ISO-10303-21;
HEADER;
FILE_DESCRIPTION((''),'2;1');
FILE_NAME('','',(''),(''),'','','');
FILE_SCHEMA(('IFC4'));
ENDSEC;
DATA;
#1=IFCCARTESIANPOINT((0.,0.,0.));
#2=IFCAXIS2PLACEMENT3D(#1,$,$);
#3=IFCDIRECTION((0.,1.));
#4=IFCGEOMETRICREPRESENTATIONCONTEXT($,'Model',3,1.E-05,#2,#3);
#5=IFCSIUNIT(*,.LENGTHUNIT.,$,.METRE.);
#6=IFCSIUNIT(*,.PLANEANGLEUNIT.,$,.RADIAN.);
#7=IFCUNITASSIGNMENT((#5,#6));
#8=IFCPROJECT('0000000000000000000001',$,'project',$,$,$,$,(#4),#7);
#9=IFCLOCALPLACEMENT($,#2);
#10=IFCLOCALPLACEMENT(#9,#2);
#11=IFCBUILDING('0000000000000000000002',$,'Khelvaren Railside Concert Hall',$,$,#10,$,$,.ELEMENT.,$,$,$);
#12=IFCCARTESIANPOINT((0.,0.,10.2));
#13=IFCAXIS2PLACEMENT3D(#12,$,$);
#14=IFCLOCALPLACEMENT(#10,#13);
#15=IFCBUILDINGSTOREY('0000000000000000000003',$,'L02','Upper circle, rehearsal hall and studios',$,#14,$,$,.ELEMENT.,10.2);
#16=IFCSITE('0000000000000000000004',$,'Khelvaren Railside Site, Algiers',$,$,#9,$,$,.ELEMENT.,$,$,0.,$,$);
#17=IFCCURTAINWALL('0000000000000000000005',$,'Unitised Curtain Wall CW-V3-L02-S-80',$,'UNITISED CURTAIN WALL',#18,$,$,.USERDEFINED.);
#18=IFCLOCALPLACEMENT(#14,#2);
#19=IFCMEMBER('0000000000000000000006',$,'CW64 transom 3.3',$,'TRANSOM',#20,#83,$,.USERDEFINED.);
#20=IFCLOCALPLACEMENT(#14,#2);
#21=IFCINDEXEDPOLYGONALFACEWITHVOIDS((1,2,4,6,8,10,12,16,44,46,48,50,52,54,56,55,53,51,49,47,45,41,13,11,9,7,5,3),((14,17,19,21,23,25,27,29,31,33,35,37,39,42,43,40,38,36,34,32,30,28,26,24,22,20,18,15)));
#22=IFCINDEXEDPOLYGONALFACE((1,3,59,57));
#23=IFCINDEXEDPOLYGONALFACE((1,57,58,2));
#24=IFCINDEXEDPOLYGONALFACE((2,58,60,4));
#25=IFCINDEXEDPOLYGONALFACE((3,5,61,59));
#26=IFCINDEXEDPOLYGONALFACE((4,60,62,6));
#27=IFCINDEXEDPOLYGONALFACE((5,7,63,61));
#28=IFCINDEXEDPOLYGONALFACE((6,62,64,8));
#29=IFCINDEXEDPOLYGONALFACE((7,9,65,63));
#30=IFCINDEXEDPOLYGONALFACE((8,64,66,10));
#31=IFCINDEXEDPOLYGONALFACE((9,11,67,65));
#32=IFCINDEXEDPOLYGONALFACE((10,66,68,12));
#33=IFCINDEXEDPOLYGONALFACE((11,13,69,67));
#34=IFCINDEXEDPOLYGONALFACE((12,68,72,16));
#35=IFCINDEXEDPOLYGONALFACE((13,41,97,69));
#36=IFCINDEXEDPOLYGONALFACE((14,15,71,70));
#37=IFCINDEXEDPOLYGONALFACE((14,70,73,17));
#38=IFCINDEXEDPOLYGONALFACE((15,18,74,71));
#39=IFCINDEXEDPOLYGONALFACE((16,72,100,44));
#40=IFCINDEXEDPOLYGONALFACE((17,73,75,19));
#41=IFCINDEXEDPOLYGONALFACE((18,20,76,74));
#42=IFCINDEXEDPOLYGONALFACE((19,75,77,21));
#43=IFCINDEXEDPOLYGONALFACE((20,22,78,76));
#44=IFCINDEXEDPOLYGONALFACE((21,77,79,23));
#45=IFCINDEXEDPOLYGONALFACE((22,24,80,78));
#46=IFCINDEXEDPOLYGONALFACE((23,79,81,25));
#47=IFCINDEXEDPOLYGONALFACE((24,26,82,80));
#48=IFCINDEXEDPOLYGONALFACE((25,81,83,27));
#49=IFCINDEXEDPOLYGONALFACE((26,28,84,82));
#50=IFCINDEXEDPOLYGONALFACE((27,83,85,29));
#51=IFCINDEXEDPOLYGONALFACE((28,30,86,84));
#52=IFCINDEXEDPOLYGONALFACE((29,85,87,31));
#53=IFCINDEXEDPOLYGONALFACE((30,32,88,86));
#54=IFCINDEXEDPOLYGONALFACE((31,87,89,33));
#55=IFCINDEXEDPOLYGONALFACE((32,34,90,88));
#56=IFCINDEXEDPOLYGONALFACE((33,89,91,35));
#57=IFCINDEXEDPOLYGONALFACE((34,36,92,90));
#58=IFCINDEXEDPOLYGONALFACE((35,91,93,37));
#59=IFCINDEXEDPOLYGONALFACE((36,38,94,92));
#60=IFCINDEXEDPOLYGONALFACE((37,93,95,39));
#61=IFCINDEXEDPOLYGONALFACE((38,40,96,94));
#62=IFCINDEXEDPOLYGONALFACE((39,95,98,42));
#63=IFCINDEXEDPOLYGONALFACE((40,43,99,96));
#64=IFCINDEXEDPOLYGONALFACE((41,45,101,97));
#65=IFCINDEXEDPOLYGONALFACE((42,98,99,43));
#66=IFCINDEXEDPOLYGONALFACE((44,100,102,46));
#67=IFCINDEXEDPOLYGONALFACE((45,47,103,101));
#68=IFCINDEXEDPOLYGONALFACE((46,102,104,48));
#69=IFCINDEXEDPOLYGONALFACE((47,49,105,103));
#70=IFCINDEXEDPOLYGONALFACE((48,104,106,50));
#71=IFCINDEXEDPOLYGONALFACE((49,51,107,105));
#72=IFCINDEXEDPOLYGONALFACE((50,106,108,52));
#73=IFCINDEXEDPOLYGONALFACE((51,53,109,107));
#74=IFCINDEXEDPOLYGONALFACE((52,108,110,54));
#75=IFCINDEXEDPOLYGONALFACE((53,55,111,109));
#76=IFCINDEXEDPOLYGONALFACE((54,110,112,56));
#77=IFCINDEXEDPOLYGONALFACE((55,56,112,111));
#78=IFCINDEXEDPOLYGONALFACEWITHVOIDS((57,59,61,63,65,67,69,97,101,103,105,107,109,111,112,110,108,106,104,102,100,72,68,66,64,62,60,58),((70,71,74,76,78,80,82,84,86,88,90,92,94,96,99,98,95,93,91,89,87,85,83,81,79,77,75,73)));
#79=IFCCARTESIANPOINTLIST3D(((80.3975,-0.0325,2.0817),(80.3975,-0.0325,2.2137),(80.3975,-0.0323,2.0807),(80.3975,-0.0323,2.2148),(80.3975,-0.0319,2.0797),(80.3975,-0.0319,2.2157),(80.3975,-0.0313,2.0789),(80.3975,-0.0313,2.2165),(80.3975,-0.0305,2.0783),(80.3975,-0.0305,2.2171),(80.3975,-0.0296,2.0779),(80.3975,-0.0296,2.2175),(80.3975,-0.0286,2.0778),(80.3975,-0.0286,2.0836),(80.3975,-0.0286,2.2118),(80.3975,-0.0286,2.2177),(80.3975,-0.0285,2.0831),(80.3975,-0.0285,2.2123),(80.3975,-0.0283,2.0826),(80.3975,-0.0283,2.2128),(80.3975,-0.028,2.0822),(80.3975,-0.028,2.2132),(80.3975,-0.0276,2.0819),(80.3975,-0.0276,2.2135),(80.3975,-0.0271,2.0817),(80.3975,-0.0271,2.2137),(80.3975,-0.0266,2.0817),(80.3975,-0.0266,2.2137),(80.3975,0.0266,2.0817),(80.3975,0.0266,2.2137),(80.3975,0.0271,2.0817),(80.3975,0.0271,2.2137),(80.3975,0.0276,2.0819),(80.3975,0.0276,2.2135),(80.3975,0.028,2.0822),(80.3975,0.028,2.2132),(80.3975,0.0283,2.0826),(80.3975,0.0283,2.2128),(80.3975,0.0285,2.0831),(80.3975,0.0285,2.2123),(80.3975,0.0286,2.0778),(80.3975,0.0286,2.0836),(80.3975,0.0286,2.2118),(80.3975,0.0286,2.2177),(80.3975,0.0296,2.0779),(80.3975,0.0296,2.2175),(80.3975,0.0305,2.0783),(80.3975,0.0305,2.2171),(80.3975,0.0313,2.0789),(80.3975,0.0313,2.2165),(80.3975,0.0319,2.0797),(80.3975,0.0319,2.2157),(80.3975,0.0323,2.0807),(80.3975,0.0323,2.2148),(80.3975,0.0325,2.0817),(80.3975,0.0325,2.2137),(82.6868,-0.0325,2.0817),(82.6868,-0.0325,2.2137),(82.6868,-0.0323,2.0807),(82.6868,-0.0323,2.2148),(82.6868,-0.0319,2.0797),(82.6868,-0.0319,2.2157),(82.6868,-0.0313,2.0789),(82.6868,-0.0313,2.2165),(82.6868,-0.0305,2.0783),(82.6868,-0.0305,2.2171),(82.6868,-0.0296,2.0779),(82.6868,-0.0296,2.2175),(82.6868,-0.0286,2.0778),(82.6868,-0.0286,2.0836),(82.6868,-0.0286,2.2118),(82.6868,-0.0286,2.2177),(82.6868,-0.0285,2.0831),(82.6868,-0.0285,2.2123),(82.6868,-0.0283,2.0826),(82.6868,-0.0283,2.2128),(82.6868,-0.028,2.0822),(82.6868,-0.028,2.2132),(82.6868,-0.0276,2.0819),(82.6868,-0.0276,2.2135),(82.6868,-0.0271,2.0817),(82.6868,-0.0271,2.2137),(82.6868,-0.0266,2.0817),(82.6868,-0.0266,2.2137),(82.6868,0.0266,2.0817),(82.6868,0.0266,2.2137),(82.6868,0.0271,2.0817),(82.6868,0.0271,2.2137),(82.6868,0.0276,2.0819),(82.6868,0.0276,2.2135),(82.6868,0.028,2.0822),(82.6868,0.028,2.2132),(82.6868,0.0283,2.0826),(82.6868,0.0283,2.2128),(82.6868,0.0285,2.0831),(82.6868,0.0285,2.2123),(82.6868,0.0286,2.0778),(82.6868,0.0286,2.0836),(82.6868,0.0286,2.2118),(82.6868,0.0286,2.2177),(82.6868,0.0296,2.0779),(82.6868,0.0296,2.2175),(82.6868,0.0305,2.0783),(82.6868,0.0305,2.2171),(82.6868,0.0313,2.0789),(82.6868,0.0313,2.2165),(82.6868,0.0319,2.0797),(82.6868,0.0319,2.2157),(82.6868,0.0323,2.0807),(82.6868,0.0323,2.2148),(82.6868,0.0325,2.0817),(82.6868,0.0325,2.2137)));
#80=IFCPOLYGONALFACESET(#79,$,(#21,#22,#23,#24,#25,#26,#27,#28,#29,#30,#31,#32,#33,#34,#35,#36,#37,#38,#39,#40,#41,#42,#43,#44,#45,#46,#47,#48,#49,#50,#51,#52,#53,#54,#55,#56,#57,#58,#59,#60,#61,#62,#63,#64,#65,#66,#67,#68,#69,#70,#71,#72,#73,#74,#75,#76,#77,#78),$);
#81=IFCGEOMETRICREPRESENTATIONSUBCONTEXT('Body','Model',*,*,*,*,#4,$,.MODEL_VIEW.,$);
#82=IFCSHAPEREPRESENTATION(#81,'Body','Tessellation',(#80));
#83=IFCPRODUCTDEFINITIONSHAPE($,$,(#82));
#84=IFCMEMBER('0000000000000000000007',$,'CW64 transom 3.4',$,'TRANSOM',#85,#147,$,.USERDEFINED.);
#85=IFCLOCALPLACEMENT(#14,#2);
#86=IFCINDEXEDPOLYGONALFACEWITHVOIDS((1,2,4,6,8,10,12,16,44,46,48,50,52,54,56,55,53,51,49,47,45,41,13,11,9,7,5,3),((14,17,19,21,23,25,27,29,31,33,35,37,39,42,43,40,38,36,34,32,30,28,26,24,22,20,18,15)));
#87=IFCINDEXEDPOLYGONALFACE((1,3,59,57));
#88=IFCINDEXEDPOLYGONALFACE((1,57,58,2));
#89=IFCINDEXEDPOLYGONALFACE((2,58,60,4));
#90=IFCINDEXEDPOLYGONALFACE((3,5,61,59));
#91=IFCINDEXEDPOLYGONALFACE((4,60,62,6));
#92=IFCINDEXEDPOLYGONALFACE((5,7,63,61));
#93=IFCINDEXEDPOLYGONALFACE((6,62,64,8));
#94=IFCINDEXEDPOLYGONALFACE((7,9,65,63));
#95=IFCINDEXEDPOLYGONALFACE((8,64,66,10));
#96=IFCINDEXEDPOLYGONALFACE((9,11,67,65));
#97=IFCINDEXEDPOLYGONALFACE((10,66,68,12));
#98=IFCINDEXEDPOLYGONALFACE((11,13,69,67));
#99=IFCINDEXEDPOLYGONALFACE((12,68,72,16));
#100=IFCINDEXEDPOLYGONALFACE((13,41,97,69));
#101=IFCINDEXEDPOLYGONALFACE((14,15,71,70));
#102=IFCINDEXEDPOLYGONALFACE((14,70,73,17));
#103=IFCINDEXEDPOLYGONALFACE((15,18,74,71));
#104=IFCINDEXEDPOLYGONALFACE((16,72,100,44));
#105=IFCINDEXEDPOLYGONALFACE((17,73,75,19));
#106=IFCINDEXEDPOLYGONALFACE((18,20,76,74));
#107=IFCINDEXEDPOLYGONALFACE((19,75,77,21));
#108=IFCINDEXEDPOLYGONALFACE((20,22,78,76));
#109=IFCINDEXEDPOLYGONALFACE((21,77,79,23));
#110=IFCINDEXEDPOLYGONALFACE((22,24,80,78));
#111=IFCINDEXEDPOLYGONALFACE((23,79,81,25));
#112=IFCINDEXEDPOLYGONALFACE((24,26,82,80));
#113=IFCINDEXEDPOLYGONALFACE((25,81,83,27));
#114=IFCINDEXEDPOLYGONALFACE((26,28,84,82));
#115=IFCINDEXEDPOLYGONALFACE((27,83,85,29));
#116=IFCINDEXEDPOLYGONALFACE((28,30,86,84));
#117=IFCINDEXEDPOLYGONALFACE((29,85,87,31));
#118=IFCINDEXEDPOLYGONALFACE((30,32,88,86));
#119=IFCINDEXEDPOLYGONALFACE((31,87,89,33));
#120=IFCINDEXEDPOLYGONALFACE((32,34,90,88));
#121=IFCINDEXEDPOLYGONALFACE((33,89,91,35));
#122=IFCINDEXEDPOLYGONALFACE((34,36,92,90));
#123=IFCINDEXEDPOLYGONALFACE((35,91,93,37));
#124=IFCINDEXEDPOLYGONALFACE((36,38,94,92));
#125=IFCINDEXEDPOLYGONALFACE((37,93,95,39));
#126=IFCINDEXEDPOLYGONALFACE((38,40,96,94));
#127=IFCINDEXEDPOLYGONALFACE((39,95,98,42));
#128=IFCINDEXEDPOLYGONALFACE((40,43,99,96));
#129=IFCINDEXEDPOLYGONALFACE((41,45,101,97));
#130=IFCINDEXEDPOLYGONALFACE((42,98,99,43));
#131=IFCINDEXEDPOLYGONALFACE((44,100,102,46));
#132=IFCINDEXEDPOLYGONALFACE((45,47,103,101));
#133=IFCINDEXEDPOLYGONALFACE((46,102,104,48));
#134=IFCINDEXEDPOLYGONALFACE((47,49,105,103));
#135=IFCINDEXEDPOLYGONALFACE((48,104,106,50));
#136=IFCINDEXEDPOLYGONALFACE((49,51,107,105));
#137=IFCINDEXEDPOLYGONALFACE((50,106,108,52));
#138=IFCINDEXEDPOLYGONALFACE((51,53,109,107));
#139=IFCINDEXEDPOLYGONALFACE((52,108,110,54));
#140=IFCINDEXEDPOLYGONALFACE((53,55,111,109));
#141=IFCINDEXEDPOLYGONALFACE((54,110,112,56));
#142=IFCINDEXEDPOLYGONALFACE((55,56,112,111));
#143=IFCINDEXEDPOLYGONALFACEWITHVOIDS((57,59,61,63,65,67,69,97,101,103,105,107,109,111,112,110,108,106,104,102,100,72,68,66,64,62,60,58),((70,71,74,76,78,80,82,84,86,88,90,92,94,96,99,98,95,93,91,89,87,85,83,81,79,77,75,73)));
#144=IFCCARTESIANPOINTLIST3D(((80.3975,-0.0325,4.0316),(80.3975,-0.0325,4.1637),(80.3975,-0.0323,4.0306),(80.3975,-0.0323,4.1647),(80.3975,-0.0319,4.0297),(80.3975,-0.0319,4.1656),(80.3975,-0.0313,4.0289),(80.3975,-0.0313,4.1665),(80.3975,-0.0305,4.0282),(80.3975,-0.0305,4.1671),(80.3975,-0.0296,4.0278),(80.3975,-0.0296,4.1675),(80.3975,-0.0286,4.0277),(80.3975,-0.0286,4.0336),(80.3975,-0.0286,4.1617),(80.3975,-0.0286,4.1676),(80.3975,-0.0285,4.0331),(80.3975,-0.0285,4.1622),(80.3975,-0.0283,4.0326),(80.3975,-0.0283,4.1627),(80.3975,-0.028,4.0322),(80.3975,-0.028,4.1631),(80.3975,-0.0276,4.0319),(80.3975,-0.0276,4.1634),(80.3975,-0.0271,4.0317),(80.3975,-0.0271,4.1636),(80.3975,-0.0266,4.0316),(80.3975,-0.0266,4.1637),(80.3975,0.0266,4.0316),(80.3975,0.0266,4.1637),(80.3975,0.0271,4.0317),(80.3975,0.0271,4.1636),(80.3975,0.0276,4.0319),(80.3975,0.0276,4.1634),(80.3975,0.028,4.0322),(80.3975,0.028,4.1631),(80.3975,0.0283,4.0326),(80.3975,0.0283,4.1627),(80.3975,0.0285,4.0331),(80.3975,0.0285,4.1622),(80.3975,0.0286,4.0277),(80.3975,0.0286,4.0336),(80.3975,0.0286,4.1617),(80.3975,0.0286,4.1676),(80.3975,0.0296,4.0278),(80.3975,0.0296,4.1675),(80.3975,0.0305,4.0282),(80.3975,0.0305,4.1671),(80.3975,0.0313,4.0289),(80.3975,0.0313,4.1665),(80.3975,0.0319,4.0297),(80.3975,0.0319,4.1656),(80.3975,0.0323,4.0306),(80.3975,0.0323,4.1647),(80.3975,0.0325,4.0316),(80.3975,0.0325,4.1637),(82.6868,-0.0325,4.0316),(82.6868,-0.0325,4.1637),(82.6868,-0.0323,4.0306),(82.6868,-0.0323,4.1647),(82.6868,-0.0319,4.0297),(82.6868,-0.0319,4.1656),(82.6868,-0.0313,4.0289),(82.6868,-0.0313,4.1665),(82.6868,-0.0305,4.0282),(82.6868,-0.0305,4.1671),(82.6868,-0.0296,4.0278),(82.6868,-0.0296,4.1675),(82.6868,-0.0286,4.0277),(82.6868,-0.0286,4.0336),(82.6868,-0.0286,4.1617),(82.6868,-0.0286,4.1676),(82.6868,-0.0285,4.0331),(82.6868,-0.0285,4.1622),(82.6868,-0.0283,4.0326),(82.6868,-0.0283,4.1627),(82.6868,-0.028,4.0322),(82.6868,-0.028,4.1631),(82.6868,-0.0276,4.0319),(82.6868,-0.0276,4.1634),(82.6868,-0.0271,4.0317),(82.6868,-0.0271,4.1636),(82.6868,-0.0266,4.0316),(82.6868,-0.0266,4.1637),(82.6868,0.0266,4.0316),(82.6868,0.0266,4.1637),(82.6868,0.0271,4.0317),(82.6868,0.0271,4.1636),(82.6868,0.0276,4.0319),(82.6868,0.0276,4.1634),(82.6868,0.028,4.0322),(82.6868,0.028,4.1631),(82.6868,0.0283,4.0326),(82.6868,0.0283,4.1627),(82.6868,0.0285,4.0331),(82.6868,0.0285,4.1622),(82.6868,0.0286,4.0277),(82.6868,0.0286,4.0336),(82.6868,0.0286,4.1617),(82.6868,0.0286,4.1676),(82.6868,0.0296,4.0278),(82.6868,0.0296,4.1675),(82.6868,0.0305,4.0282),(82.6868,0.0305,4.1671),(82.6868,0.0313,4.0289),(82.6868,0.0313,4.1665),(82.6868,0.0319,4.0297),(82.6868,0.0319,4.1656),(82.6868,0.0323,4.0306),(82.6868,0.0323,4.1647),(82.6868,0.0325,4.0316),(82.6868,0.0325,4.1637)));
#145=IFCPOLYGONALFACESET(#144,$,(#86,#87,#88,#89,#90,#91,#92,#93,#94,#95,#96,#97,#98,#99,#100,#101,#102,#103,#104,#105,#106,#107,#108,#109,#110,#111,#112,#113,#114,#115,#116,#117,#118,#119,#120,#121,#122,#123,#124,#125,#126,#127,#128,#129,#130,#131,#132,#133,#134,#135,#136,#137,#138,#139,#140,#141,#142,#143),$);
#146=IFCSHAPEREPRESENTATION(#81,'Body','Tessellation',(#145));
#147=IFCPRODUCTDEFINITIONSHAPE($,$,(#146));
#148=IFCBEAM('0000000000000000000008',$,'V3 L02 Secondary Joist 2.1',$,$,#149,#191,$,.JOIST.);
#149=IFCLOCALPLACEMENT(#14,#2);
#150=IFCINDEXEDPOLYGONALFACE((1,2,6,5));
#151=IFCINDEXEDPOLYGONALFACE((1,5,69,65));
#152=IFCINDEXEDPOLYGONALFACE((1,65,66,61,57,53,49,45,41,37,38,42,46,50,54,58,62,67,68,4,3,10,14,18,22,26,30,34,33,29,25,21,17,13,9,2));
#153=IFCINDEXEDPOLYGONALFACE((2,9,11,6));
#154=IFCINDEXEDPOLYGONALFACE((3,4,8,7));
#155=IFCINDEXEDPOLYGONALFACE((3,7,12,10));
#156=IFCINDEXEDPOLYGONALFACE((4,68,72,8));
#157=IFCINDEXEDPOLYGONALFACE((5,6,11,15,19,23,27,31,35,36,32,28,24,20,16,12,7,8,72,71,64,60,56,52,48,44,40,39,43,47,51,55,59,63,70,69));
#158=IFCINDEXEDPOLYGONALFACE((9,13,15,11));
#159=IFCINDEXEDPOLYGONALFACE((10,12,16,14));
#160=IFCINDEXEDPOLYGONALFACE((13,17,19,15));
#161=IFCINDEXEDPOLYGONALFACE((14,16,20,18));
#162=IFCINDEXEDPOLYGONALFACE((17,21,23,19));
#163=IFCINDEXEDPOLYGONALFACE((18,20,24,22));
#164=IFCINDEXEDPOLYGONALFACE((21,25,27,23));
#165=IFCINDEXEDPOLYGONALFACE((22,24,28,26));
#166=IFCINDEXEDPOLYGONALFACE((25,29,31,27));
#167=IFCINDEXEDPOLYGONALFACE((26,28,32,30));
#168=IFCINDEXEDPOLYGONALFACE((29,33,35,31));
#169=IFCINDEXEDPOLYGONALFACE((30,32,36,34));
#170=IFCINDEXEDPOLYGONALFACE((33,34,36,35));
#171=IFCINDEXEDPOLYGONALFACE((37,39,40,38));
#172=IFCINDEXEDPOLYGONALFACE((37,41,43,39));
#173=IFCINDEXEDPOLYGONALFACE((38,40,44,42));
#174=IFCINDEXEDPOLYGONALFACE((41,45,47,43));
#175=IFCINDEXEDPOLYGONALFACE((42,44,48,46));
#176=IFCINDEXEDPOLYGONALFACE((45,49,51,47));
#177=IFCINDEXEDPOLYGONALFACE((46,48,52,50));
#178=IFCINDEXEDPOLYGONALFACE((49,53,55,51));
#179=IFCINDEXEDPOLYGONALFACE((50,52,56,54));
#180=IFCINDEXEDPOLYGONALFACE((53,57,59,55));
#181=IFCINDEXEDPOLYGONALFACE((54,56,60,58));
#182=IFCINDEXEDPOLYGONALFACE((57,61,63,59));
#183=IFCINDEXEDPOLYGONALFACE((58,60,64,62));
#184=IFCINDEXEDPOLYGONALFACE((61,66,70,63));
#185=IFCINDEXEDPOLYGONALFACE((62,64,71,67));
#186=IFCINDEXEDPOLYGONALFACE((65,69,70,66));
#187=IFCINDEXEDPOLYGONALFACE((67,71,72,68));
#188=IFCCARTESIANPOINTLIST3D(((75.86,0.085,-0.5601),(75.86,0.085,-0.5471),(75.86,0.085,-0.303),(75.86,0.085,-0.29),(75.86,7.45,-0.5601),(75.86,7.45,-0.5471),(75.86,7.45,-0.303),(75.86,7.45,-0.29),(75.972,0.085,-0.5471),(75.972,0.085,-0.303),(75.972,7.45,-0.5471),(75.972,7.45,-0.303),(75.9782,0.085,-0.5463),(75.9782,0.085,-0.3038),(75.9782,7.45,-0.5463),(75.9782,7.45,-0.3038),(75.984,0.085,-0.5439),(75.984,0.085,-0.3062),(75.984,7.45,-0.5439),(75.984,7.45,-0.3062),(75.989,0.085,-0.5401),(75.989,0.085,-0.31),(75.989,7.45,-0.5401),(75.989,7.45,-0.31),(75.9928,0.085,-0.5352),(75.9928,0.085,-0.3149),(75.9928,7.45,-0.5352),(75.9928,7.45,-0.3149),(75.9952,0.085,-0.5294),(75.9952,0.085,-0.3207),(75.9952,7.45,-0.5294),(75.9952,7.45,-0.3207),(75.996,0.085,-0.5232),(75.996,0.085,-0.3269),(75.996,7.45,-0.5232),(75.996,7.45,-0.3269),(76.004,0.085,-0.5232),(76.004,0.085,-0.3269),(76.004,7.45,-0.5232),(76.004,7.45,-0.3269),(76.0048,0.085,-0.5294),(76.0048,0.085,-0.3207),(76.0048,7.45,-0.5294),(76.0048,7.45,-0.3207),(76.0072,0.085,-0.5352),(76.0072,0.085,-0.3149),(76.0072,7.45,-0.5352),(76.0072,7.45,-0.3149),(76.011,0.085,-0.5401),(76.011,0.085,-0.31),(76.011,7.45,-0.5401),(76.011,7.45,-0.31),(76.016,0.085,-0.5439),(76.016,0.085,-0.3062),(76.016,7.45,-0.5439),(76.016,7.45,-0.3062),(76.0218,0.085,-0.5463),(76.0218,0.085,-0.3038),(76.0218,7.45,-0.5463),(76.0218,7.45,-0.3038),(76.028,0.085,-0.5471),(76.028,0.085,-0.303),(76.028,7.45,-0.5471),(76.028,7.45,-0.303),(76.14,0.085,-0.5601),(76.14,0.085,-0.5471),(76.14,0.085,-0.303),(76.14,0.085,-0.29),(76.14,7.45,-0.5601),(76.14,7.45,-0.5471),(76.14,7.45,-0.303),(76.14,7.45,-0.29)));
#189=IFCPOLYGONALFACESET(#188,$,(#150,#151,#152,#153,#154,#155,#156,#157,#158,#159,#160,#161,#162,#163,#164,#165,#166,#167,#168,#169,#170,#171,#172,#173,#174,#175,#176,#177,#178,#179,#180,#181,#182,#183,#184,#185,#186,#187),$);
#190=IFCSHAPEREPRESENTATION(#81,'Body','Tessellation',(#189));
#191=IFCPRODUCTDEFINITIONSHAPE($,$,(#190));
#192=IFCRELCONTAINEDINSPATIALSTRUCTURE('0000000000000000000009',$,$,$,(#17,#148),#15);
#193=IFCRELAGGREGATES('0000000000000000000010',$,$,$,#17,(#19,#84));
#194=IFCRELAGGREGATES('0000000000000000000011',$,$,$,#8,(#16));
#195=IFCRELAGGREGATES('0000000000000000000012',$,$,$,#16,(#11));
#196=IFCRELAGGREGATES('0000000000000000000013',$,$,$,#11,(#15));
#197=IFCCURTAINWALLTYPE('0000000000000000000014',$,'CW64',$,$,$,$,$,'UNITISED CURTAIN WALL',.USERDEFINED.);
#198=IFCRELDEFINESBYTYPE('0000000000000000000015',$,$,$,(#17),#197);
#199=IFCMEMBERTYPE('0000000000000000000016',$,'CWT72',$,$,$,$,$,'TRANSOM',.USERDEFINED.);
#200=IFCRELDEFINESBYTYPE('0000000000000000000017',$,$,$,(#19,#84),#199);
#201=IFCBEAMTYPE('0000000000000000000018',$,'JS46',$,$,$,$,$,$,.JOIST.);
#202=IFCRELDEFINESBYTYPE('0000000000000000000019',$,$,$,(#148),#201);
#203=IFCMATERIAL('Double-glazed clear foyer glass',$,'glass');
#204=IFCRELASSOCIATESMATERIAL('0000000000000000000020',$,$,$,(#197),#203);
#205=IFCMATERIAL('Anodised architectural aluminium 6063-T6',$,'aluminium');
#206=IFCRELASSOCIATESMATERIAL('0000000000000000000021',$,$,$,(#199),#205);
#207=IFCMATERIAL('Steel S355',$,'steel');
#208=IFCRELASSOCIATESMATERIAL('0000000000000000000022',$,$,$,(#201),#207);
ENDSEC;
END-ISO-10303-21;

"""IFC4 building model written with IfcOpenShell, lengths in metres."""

from ifc_helpers import new_model, si_unit, direction, frame, origin, origin_2d, place, context, subcontext, project, spatial, hollow_rectangle, i_section, extrude, material, material_profile, profile_set, type_object, element, aggregate, save


model = new_model("IFC4")

# Units and contexts
model_context = context("Model", 3, precision=1e-05, world=origin(), true_north=direction((0.0, 1.0)))
body_context = subcontext(model_context, "Body", "Model", "MODEL_VIEW")
ifc_project = project(units=[si_unit("LENGTHUNIT", "METRE"), si_unit("PLANEANGLEUNIT", "RADIAN")], contexts=[model_context])

# Site, building, storey
site_placement = place(None, origin())
site = spatial("IfcSite", under=ifc_project, at=site_placement, Name="Khelvaren Railside Site, Algiers", CompositionType="ELEMENT", RefElevation=0.0)
building_placement = place(site_placement, origin())
building = spatial("IfcBuilding", under=site, at=building_placement, Name="Khelvaren Railside Concert Hall", CompositionType="ELEMENT")
storey_placement = place(building_placement, frame((0.0, 0.0, 10.2)))
storey = spatial("IfcBuildingStorey", under=building, at=storey_placement, Name="L02", Description="Upper circle, rehearsal hall and studios", CompositionType="ELEMENT", Elevation=10.2)

# Shared definitions
ifc_material_1 = material(Name="Steel S355", Category="steel")

# Curtain wall, members
ifc_material_2 = material(Name="Double-glazed clear foyer glass", Category="glass")
curtain_wall_type = type_object("IfcCurtainWallType", Name="CW64", ElementType="UNITISED CURTAIN WALL", PredefinedType="USERDEFINED", material=ifc_material_2)
curtain_wall_placement = place(storey_placement, origin())
curtain_wall = element("IfcCurtainWall", 1, at=curtain_wall_placement, inside=storey, type_object=curtain_wall_type, Name="Unitised Curtain Wall CW-V3-L02-S-80", ObjectType="UNITISED CURTAIN WALL", PredefinedType="USERDEFINED")
ifc_material_3 = material(Name="Anodised architectural aluminium 6063-T6", Category="aluminium")
ifc_material_profile_1 = material_profile(ifc_material_3, hollow_rectangle(XDim=0.0649, YDim=0.1399, WallThickness=0.0039, InnerFilletRadius=0.002, OuterFilletRadius=0.0039, at=origin_2d()), Name="CWT 65x140x4")
ifc_profile_set_1 = profile_set([ifc_material_profile_1], Name="Anodised architectural aluminium 6063-T6")
member_type_1 = type_object("IfcMemberType", Name="CWT72", ElementType="TRANSOM", PredefinedType="USERDEFINED", material=ifc_profile_set_1)
member_1_placement = place(storey_placement, frame((82.6868, 0.0, 2.1477), z_axis=(-1.0, 0.0, 0.0), x_axis=(0.0, -1.0, 0.0)))
member_1 = element("IfcMember", 2, at=member_1_placement, type_object=member_type_1, Name="CW64 transom 3.3", ObjectType="TRANSOM", PredefinedType="USERDEFINED", context=body_context, shape_type="SweptSolid", body=[
    extrude(hollow_rectangle(XDim=0.0649, YDim=0.1399, WallThickness=0.0039, InnerFilletRadius=0.002, OuterFilletRadius=0.0039, at=origin_2d()), origin(), (0.0, 0.0, 1.0), 2.2893),
])
member_2_placement = place(storey_placement, frame((82.6868, 0.0, 4.0977), z_axis=(-1.0, 0.0, 0.0), x_axis=(0.0, -1.0, 0.0)))
member_2 = element("IfcMember", 3, at=member_2_placement, type_object=member_type_1, Name="CW64 transom 3.4", ObjectType="TRANSOM", PredefinedType="USERDEFINED", context=body_context, shape_type="SweptSolid", body=[
    extrude(hollow_rectangle(XDim=0.0649, YDim=0.1399, WallThickness=0.0039, InnerFilletRadius=0.002, OuterFilletRadius=0.0039, at=origin_2d()), origin(), (0.0, 0.0, 1.0), 2.2893),
])

# Beam
ifc_material_profile_2 = material_profile(ifc_material_1, i_section(OverallWidth=0.28, OverallDepth=0.27, WebThickness=0.0081, FlangeThickness=0.0129, FilletRadius=0.0239, at=origin_2d()), Name="HEA 280")
ifc_profile_set_2 = profile_set([ifc_material_profile_2], Name="Steel S355")
beam_type_1 = type_object("IfcBeamType", Name="JS46", PredefinedType="JOIST", material=ifc_profile_set_2)
beam_1_placement = place(storey_placement, frame((76.0, 0.085, -0.425), z_axis=(0.0, 1.0, 0.0), x_axis=(-1.0, 0.0, 0.0)))
element("IfcBeam", 4, at=beam_1_placement, inside=storey, type_object=beam_type_1, Name="V3 L02 Secondary Joist 2.1", PredefinedType="JOIST", context=body_context, shape_type="SweptSolid", body=[
    extrude(i_section(OverallWidth=0.28, OverallDepth=0.27, WebThickness=0.0081, FlangeThickness=0.0129, FilletRadius=0.0239, at=origin_2d()), origin(), (0.0, 0.0, 1.0), 7.365),
])

aggregate(curtain_wall, [member_1, member_2])

save(model, "model.ifc")
